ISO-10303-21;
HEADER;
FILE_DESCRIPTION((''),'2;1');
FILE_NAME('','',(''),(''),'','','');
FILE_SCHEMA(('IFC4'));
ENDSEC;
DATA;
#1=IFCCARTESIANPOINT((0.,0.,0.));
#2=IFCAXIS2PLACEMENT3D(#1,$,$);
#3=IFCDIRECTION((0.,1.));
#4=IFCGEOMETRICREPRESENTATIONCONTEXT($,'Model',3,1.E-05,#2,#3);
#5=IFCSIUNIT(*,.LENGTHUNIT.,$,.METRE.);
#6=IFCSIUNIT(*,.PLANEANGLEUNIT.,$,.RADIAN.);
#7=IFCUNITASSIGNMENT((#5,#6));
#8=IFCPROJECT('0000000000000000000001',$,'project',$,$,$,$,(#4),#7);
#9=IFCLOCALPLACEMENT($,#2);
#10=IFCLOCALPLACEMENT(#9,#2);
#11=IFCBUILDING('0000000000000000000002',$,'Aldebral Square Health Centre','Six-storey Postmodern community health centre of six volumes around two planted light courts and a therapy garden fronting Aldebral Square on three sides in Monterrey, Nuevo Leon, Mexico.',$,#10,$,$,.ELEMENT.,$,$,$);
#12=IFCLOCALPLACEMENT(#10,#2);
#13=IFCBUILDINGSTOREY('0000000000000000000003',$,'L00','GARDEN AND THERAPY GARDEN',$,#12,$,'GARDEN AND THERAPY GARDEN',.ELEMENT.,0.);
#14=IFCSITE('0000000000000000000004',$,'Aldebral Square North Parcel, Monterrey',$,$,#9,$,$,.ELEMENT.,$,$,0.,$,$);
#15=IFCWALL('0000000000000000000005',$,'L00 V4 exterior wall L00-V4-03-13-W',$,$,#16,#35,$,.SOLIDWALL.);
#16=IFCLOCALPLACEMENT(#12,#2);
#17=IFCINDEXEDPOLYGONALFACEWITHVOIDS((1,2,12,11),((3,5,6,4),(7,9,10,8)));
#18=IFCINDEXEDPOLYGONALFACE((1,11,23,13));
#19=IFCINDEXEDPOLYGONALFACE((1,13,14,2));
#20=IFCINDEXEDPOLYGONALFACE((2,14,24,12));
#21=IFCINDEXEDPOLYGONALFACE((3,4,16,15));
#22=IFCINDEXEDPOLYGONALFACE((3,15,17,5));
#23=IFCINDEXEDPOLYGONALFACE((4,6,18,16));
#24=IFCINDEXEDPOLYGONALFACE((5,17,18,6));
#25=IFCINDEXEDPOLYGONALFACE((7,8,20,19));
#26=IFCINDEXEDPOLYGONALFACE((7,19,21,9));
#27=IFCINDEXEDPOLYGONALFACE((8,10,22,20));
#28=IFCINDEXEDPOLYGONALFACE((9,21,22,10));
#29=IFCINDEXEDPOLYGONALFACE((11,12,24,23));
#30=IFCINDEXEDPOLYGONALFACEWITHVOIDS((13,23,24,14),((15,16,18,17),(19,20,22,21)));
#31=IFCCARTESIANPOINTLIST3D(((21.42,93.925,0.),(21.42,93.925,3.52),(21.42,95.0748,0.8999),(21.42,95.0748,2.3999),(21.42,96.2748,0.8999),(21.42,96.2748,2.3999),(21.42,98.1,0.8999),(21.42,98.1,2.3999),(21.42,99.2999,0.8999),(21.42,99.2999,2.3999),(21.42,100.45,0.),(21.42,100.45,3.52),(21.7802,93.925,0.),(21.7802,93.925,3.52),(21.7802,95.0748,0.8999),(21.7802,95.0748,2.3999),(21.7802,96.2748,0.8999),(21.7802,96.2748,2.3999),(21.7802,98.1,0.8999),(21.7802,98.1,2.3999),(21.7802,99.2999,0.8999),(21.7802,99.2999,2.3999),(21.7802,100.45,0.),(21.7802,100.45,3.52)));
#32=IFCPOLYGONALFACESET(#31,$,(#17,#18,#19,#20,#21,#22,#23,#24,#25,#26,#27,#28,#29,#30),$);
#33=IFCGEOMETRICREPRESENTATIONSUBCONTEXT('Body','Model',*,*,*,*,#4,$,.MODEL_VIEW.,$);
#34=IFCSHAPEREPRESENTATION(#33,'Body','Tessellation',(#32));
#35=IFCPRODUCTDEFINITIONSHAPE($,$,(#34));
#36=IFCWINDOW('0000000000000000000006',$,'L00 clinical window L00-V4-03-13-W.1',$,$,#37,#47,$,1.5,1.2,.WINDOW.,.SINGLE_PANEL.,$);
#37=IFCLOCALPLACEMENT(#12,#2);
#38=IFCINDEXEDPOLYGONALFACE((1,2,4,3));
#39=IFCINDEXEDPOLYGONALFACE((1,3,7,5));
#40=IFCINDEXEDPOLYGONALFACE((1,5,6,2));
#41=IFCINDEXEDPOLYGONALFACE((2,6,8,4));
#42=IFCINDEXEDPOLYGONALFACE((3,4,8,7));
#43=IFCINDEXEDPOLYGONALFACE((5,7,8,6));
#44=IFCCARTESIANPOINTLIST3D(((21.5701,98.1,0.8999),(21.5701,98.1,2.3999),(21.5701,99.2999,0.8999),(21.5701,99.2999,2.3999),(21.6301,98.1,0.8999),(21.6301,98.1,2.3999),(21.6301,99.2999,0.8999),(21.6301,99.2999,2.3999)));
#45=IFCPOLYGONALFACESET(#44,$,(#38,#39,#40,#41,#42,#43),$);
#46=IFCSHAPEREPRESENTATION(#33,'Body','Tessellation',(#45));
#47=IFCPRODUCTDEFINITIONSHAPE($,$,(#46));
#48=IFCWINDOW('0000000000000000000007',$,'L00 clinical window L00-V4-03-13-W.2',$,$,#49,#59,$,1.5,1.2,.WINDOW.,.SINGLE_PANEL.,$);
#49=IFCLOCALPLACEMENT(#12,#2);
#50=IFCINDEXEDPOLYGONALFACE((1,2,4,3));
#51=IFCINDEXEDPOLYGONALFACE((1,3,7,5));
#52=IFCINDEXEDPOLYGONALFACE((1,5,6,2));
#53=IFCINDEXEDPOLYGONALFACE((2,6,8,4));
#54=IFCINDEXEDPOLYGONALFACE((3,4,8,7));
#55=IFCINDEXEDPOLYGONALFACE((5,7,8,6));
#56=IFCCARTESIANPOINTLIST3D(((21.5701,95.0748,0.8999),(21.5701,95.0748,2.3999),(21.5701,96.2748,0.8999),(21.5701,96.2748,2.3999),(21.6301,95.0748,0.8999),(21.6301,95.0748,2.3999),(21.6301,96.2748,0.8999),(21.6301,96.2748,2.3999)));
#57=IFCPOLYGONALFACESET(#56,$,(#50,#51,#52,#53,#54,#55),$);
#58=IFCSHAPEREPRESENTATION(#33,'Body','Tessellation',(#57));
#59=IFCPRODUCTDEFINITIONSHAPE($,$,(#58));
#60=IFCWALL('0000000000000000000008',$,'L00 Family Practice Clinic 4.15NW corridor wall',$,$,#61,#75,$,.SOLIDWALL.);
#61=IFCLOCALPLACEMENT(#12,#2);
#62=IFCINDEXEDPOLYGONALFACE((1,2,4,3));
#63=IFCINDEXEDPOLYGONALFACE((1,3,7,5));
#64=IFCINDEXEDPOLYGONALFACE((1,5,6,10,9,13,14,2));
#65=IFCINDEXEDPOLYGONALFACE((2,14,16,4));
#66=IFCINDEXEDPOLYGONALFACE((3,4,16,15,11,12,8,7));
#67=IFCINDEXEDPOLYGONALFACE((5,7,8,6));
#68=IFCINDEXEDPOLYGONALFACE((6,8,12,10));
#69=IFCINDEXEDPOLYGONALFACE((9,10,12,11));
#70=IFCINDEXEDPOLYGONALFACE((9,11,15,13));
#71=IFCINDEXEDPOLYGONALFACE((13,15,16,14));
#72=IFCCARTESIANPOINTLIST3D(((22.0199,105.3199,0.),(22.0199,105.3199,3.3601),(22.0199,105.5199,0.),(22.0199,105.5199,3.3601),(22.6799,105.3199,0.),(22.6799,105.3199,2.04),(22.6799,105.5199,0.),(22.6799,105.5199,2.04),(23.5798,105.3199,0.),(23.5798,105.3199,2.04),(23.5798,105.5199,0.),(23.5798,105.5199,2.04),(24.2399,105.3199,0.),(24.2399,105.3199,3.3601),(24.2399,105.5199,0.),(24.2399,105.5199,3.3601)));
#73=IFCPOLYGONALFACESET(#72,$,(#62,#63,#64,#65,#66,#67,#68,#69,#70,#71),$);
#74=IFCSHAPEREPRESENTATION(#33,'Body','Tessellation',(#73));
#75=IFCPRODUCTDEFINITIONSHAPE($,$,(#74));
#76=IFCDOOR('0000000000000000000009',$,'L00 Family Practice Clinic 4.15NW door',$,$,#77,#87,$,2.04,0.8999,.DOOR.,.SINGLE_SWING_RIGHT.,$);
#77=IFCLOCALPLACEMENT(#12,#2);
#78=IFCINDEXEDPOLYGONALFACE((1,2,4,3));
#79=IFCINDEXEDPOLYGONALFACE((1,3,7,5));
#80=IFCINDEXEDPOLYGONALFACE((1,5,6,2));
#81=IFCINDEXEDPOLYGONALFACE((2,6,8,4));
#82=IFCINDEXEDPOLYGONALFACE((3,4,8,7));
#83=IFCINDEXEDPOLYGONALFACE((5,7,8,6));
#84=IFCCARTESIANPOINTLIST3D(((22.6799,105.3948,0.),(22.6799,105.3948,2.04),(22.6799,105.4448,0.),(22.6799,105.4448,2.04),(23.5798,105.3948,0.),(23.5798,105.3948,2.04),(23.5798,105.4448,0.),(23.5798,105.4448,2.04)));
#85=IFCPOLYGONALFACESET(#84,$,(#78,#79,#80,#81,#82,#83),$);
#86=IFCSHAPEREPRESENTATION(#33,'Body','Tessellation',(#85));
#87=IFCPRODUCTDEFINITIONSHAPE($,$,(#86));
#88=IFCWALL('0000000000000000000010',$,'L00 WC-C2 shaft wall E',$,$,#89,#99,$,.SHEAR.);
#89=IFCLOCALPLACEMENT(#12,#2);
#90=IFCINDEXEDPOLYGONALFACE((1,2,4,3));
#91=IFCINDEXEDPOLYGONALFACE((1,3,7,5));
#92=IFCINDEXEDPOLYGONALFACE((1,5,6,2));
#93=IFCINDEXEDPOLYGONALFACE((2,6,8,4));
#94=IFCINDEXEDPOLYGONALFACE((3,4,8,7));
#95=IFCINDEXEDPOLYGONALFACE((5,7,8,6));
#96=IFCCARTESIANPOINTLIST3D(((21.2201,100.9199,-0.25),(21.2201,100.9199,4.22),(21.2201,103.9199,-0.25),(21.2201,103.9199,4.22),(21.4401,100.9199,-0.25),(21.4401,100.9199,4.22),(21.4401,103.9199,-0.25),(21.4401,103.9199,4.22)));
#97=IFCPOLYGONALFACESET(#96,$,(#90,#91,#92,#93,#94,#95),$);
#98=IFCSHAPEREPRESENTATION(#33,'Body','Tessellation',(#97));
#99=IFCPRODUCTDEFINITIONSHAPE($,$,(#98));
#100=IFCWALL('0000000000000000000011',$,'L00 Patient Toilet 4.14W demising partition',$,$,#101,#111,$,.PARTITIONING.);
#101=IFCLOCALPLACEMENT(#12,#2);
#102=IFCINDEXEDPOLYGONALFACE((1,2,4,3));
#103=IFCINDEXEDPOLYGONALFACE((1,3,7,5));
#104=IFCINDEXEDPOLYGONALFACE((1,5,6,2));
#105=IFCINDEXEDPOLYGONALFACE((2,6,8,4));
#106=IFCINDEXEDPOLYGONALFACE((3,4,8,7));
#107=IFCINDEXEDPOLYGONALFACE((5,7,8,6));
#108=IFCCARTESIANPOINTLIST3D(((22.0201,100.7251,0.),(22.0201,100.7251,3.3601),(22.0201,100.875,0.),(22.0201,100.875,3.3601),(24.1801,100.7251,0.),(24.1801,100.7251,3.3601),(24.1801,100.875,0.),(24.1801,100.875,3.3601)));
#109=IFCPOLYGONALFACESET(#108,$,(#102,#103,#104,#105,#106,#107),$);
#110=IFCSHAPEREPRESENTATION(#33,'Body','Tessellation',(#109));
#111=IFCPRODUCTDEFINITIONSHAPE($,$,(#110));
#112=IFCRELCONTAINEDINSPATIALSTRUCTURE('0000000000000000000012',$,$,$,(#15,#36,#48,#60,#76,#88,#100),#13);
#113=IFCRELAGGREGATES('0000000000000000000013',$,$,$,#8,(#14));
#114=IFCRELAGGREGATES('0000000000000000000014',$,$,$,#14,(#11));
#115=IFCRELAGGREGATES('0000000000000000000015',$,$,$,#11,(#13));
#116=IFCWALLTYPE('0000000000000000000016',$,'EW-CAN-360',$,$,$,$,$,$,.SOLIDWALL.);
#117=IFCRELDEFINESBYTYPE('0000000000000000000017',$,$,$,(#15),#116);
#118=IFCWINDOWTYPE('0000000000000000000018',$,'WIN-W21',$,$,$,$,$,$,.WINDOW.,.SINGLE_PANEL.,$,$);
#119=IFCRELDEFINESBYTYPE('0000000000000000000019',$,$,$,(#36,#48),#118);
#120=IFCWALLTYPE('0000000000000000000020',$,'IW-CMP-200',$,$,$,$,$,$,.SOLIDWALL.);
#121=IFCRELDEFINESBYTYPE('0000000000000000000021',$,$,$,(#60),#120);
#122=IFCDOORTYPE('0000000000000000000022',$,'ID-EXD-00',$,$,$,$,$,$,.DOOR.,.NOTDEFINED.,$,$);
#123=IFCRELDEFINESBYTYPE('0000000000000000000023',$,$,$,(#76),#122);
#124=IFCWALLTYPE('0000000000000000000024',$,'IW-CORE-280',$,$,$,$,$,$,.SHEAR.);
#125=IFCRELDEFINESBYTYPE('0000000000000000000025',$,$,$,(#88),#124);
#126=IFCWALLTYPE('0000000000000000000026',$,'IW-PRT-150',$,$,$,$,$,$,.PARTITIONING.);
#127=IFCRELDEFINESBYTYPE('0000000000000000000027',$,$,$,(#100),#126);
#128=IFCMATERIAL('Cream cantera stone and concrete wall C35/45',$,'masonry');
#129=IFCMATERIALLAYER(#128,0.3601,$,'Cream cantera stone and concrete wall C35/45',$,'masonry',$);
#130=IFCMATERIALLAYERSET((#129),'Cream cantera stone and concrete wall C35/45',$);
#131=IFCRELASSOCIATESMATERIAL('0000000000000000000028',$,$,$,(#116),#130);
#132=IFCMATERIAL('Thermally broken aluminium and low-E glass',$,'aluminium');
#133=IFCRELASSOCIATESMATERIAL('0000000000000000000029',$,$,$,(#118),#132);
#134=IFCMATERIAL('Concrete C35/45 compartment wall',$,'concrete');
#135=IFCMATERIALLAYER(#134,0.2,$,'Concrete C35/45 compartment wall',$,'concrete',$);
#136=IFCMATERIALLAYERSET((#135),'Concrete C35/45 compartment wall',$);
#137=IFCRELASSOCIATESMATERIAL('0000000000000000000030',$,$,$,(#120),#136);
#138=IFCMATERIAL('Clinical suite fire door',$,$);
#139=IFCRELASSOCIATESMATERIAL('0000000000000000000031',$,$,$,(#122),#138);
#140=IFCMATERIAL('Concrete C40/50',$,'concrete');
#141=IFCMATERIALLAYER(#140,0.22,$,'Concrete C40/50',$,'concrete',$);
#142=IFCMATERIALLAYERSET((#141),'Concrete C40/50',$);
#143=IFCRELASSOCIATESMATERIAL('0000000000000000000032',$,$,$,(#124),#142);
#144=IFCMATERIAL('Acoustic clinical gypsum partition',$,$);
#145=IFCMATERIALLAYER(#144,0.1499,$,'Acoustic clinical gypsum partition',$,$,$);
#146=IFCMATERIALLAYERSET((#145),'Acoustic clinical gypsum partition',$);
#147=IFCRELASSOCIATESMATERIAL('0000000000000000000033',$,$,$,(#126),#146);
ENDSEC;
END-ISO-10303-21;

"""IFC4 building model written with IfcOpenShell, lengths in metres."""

from ifc_helpers import new_model, si_unit, direction, frame, frame_2d, origin, place, context, subcontext, project, spatial, rectangle, extrude, material, layer, layer_set, type_object, element, fill, save


model = new_model("IFC4")

# Units and contexts
model_context = context("Model", 3, precision=1e-05, world=origin(), true_north=direction((0.0, 1.0)))
body_context = subcontext(model_context, "Body", "Model", "MODEL_VIEW")
ifc_project = project(units=[si_unit("LENGTHUNIT", "METRE"), si_unit("PLANEANGLEUNIT", "RADIAN")], contexts=[model_context])

# Site, building, storey
site_placement = place(None, origin())
site = spatial("IfcSite", under=ifc_project, at=site_placement, Name="Aldebral Square North Parcel, Monterrey", CompositionType="ELEMENT", RefElevation=0.0)
building_placement = place(site_placement, origin())
building = spatial("IfcBuilding", under=site, at=building_placement, Name="Aldebral Square Health Centre", Description="Six-storey Postmodern community health centre of six volumes around two planted light courts and a therapy garden fronting Aldebral Square on three sides in Monterrey, Nuevo Leon, Mexico.", CompositionType="ELEMENT")
storey_placement = place(building_placement, origin())
storey = spatial("IfcBuildingStorey", under=building, at=storey_placement, Name="L00", Description="GARDEN AND THERAPY GARDEN", LongName="GARDEN AND THERAPY GARDEN", CompositionType="ELEMENT", Elevation=0.0)

# Shared definitions
ifc_material_1 = material(Name="Concrete C40/50", Category="concrete")

# Wall, openings, windows
ifc_material_2 = material(Name="Cream cantera stone and concrete wall C35/45", Category="masonry")
ifc_layer_1 = layer(ifc_material_2, 0.3601, Name="Cream cantera stone and concrete wall C35/45", Category="masonry")
ifc_layer_set_1 = layer_set([ifc_layer_1], Name="Cream cantera stone and concrete wall C35/45")
wall_type_1 = type_object("IfcWallType", Name="EW-CAN-360", PredefinedType="SOLIDWALL", material=ifc_layer_set_1)
wall_1_placement = place(storey_placement, frame((21.6001, 100.45, 0.0), z_axis=(0.0, 0.0, 1.0), x_axis=(0.0, -1.0, 0.0)))
wall_1 = element("IfcWall", 1, at=wall_1_placement, inside=storey, type_object=wall_type_1, Name="L00 V4 exterior wall L00-V4-03-13-W", PredefinedType="SOLIDWALL", context=body_context, shape_type="SweptSolid", body=[
    extrude(rectangle(XDim=6.5249, YDim=0.3601, at=frame_2d((3.2625, 0.0))), origin(), (0.0, 0.0, 1.0), 3.52),
])
opening_1_placement = place(wall_1_placement, frame((1.1499, 0.0, 0.8999)))
opening_1 = element("IfcOpeningElement", 2, at=opening_1_placement, cuts=wall_1, PredefinedType="OPENING", context=body_context, shape_type="SweptSolid", body=[
    extrude(rectangle(XDim=1.2, YDim=1.5, at=frame_2d((0.6001, 0.75))), frame((0.0, 0.1899, 0.0), z_axis=(0.0, -1.0, 0.0), x_axis=(1.0, 0.0, 0.0)), (0.0, 0.0, 1.0), 0.3801),
])
opening_2_placement = place(wall_1_placement, frame((4.175, 0.0, 0.8999)))
opening_2 = element("IfcOpeningElement", 3, at=opening_2_placement, cuts=wall_1, PredefinedType="OPENING", context=body_context, shape_type="SweptSolid", body=[
    extrude(rectangle(XDim=1.2, YDim=1.5, at=frame_2d((0.6001, 0.75))), frame((0.0, 0.1899, 0.0), z_axis=(0.0, -1.0, 0.0), x_axis=(1.0, 0.0, 0.0)), (0.0, 0.0, 1.0), 0.3801),
])
ifc_material_3 = material(Name="Thermally broken aluminium and low-E glass", Category="aluminium")
window_type = type_object("IfcWindowType", Name="WIN-W21", PartitioningType="SINGLE_PANEL", PredefinedType="WINDOW", material=ifc_material_3)
window_1_placement = place(opening_1_placement, origin())
window_1 = element("IfcWindow", 4, at=window_1_placement, inside=storey, type_object=window_type, Name="L00 clinical window L00-V4-03-13-W.1", OverallHeight=1.5, OverallWidth=1.2, PartitioningType="SINGLE_PANEL", PredefinedType="WINDOW", context=body_context, shape_type="SweptSolid", body=[
    extrude(rectangle(XDim=1.2, YDim=1.5, at=frame_2d((0.6001, 0.75))), frame((0.0, 0.03, 0.0), z_axis=(0.0, -1.0, 0.0), x_axis=(1.0, 0.0, 0.0)), (0.0, 0.0, 1.0), 0.0601),
])
fill(opening_1, window_1)
window_2_placement = place(opening_2_placement, origin())
window_2 = element("IfcWindow", 5, at=window_2_placement, inside=storey, type_object=window_type, Name="L00 clinical window L00-V4-03-13-W.2", OverallHeight=1.5, OverallWidth=1.2, PartitioningType="SINGLE_PANEL", PredefinedType="WINDOW", context=body_context, shape_type="SweptSolid", body=[
    extrude(rectangle(XDim=1.2, YDim=1.5, at=frame_2d((0.6001, 0.75))), frame((0.0, 0.03, 0.0), z_axis=(0.0, -1.0, 0.0), x_axis=(1.0, 0.0, 0.0)), (0.0, 0.0, 1.0), 0.0601),
])
fill(opening_2, window_2)

# Wall, opening, door
ifc_material_4 = material(Name="Concrete C35/45 compartment wall", Category="concrete")
ifc_layer_2 = layer(ifc_material_4, 0.2, Name="Concrete C35/45 compartment wall", Category="concrete")
ifc_layer_set_2 = layer_set([ifc_layer_2], Name="Concrete C35/45 compartment wall")
wall_type_2 = type_object("IfcWallType", Name="IW-CMP-200", PredefinedType="SOLIDWALL", material=ifc_layer_set_2)
wall_2_placement = place(storey_placement, frame((22.02, 105.4199, 0.0), z_axis=(0.0, 0.0, 1.0), x_axis=(1.0, 0.0, 0.0)))
wall_2 = element("IfcWall", 6, at=wall_2_placement, inside=storey, type_object=wall_type_2, Name="L00 Family Practice Clinic 4.15NW corridor wall", PredefinedType="SOLIDWALL", context=body_context, shape_type="SweptSolid", body=[
    extrude(rectangle(XDim=2.22, YDim=0.2, at=frame_2d((1.1099, 0.0))), origin(), (0.0, 0.0, 1.0), 3.3601),
])
opening_3_placement = place(wall_2_placement, frame((0.6599, 0.0, 0.0)))
opening_3 = element("IfcOpeningElement", 7, at=opening_3_placement, cuts=wall_2, PredefinedType="OPENING", context=body_context, shape_type="SweptSolid", body=[
    extrude(rectangle(XDim=0.8999, YDim=2.04, at=frame_2d((0.45, 1.02))), frame((0.0, 0.1099, 0.0), z_axis=(0.0, -1.0, 0.0), x_axis=(1.0, 0.0, 0.0)), (0.0, 0.0, 1.0), 0.22),
])
ifc_material_5 = material(Name="Clinical suite fire door")
door_type = type_object("IfcDoorType", Name="ID-EXD-00", OperationType="NOTDEFINED", PredefinedType="DOOR", material=ifc_material_5)
door_placement = place(opening_3_placement, origin())
door = element("IfcDoor", 8, at=door_placement, inside=storey, type_object=door_type, Name="L00 Family Practice Clinic 4.15NW door", OperationType="SINGLE_SWING_RIGHT", OverallHeight=2.04, OverallWidth=0.8999, PredefinedType="DOOR", context=body_context, shape_type="SweptSolid", body=[
    extrude(rectangle(XDim=0.8999, YDim=2.04, at=frame_2d((0.45, 1.02))), frame((0.0, 0.0249, 0.0), z_axis=(0.0, -1.0, 0.0), x_axis=(1.0, 0.0, 0.0)), (0.0, 0.0, 1.0), 0.05),
])
fill(opening_3, door)

# Walls
ifc_layer_3 = layer(ifc_material_1, 0.22, Name="Concrete C40/50", Category="concrete")
ifc_layer_set_3 = layer_set([ifc_layer_3], Name="Concrete C40/50")
wall_type_3 = type_object("IfcWallType", Name="IW-CORE-280", PredefinedType="SHEAR", material=ifc_layer_set_3)
wall_3_placement = place(storey_placement, frame((21.3301, 100.9199, -0.25), z_axis=(0.0, 0.0, 1.0), x_axis=(0.0, 1.0, 0.0)))
element("IfcWall", 9, at=wall_3_placement, inside=storey, type_object=wall_type_3, Name="L00 WC-C2 shaft wall E", PredefinedType="SHEAR", context=body_context, shape_type="SweptSolid", body=[
    extrude(rectangle(XDim=3.0, YDim=0.22, at=frame_2d((1.5, 0.0))), origin(), (0.0, 0.0, 1.0), 4.47),
])
ifc_material_6 = material(Name="Acoustic clinical gypsum partition")
ifc_layer_4 = layer(ifc_material_6, 0.1499, Name="Acoustic clinical gypsum partition")
ifc_layer_set_4 = layer_set([ifc_layer_4], Name="Acoustic clinical gypsum partition")
wall_type_4 = type_object("IfcWallType", Name="IW-PRT-150", PredefinedType="PARTITIONING", material=ifc_layer_set_4)
wall_4_placement = place(storey_placement, frame((22.02, 100.8, 0.0), z_axis=(0.0, 0.0, 1.0), x_axis=(1.0, 0.0, 0.0)))
element("IfcWall", 10, at=wall_4_placement, inside=storey, type_object=wall_type_4, Name="L00 Patient Toilet 4.14W demising partition", PredefinedType="PARTITIONING", context=body_context, shape_type="SweptSolid", body=[
    extrude(rectangle(XDim=2.1599, YDim=0.1499, at=frame_2d((1.0801, 0.0))), origin(), (0.0, 0.0, 1.0), 3.3601),
])

save(model, "model.ifc")
